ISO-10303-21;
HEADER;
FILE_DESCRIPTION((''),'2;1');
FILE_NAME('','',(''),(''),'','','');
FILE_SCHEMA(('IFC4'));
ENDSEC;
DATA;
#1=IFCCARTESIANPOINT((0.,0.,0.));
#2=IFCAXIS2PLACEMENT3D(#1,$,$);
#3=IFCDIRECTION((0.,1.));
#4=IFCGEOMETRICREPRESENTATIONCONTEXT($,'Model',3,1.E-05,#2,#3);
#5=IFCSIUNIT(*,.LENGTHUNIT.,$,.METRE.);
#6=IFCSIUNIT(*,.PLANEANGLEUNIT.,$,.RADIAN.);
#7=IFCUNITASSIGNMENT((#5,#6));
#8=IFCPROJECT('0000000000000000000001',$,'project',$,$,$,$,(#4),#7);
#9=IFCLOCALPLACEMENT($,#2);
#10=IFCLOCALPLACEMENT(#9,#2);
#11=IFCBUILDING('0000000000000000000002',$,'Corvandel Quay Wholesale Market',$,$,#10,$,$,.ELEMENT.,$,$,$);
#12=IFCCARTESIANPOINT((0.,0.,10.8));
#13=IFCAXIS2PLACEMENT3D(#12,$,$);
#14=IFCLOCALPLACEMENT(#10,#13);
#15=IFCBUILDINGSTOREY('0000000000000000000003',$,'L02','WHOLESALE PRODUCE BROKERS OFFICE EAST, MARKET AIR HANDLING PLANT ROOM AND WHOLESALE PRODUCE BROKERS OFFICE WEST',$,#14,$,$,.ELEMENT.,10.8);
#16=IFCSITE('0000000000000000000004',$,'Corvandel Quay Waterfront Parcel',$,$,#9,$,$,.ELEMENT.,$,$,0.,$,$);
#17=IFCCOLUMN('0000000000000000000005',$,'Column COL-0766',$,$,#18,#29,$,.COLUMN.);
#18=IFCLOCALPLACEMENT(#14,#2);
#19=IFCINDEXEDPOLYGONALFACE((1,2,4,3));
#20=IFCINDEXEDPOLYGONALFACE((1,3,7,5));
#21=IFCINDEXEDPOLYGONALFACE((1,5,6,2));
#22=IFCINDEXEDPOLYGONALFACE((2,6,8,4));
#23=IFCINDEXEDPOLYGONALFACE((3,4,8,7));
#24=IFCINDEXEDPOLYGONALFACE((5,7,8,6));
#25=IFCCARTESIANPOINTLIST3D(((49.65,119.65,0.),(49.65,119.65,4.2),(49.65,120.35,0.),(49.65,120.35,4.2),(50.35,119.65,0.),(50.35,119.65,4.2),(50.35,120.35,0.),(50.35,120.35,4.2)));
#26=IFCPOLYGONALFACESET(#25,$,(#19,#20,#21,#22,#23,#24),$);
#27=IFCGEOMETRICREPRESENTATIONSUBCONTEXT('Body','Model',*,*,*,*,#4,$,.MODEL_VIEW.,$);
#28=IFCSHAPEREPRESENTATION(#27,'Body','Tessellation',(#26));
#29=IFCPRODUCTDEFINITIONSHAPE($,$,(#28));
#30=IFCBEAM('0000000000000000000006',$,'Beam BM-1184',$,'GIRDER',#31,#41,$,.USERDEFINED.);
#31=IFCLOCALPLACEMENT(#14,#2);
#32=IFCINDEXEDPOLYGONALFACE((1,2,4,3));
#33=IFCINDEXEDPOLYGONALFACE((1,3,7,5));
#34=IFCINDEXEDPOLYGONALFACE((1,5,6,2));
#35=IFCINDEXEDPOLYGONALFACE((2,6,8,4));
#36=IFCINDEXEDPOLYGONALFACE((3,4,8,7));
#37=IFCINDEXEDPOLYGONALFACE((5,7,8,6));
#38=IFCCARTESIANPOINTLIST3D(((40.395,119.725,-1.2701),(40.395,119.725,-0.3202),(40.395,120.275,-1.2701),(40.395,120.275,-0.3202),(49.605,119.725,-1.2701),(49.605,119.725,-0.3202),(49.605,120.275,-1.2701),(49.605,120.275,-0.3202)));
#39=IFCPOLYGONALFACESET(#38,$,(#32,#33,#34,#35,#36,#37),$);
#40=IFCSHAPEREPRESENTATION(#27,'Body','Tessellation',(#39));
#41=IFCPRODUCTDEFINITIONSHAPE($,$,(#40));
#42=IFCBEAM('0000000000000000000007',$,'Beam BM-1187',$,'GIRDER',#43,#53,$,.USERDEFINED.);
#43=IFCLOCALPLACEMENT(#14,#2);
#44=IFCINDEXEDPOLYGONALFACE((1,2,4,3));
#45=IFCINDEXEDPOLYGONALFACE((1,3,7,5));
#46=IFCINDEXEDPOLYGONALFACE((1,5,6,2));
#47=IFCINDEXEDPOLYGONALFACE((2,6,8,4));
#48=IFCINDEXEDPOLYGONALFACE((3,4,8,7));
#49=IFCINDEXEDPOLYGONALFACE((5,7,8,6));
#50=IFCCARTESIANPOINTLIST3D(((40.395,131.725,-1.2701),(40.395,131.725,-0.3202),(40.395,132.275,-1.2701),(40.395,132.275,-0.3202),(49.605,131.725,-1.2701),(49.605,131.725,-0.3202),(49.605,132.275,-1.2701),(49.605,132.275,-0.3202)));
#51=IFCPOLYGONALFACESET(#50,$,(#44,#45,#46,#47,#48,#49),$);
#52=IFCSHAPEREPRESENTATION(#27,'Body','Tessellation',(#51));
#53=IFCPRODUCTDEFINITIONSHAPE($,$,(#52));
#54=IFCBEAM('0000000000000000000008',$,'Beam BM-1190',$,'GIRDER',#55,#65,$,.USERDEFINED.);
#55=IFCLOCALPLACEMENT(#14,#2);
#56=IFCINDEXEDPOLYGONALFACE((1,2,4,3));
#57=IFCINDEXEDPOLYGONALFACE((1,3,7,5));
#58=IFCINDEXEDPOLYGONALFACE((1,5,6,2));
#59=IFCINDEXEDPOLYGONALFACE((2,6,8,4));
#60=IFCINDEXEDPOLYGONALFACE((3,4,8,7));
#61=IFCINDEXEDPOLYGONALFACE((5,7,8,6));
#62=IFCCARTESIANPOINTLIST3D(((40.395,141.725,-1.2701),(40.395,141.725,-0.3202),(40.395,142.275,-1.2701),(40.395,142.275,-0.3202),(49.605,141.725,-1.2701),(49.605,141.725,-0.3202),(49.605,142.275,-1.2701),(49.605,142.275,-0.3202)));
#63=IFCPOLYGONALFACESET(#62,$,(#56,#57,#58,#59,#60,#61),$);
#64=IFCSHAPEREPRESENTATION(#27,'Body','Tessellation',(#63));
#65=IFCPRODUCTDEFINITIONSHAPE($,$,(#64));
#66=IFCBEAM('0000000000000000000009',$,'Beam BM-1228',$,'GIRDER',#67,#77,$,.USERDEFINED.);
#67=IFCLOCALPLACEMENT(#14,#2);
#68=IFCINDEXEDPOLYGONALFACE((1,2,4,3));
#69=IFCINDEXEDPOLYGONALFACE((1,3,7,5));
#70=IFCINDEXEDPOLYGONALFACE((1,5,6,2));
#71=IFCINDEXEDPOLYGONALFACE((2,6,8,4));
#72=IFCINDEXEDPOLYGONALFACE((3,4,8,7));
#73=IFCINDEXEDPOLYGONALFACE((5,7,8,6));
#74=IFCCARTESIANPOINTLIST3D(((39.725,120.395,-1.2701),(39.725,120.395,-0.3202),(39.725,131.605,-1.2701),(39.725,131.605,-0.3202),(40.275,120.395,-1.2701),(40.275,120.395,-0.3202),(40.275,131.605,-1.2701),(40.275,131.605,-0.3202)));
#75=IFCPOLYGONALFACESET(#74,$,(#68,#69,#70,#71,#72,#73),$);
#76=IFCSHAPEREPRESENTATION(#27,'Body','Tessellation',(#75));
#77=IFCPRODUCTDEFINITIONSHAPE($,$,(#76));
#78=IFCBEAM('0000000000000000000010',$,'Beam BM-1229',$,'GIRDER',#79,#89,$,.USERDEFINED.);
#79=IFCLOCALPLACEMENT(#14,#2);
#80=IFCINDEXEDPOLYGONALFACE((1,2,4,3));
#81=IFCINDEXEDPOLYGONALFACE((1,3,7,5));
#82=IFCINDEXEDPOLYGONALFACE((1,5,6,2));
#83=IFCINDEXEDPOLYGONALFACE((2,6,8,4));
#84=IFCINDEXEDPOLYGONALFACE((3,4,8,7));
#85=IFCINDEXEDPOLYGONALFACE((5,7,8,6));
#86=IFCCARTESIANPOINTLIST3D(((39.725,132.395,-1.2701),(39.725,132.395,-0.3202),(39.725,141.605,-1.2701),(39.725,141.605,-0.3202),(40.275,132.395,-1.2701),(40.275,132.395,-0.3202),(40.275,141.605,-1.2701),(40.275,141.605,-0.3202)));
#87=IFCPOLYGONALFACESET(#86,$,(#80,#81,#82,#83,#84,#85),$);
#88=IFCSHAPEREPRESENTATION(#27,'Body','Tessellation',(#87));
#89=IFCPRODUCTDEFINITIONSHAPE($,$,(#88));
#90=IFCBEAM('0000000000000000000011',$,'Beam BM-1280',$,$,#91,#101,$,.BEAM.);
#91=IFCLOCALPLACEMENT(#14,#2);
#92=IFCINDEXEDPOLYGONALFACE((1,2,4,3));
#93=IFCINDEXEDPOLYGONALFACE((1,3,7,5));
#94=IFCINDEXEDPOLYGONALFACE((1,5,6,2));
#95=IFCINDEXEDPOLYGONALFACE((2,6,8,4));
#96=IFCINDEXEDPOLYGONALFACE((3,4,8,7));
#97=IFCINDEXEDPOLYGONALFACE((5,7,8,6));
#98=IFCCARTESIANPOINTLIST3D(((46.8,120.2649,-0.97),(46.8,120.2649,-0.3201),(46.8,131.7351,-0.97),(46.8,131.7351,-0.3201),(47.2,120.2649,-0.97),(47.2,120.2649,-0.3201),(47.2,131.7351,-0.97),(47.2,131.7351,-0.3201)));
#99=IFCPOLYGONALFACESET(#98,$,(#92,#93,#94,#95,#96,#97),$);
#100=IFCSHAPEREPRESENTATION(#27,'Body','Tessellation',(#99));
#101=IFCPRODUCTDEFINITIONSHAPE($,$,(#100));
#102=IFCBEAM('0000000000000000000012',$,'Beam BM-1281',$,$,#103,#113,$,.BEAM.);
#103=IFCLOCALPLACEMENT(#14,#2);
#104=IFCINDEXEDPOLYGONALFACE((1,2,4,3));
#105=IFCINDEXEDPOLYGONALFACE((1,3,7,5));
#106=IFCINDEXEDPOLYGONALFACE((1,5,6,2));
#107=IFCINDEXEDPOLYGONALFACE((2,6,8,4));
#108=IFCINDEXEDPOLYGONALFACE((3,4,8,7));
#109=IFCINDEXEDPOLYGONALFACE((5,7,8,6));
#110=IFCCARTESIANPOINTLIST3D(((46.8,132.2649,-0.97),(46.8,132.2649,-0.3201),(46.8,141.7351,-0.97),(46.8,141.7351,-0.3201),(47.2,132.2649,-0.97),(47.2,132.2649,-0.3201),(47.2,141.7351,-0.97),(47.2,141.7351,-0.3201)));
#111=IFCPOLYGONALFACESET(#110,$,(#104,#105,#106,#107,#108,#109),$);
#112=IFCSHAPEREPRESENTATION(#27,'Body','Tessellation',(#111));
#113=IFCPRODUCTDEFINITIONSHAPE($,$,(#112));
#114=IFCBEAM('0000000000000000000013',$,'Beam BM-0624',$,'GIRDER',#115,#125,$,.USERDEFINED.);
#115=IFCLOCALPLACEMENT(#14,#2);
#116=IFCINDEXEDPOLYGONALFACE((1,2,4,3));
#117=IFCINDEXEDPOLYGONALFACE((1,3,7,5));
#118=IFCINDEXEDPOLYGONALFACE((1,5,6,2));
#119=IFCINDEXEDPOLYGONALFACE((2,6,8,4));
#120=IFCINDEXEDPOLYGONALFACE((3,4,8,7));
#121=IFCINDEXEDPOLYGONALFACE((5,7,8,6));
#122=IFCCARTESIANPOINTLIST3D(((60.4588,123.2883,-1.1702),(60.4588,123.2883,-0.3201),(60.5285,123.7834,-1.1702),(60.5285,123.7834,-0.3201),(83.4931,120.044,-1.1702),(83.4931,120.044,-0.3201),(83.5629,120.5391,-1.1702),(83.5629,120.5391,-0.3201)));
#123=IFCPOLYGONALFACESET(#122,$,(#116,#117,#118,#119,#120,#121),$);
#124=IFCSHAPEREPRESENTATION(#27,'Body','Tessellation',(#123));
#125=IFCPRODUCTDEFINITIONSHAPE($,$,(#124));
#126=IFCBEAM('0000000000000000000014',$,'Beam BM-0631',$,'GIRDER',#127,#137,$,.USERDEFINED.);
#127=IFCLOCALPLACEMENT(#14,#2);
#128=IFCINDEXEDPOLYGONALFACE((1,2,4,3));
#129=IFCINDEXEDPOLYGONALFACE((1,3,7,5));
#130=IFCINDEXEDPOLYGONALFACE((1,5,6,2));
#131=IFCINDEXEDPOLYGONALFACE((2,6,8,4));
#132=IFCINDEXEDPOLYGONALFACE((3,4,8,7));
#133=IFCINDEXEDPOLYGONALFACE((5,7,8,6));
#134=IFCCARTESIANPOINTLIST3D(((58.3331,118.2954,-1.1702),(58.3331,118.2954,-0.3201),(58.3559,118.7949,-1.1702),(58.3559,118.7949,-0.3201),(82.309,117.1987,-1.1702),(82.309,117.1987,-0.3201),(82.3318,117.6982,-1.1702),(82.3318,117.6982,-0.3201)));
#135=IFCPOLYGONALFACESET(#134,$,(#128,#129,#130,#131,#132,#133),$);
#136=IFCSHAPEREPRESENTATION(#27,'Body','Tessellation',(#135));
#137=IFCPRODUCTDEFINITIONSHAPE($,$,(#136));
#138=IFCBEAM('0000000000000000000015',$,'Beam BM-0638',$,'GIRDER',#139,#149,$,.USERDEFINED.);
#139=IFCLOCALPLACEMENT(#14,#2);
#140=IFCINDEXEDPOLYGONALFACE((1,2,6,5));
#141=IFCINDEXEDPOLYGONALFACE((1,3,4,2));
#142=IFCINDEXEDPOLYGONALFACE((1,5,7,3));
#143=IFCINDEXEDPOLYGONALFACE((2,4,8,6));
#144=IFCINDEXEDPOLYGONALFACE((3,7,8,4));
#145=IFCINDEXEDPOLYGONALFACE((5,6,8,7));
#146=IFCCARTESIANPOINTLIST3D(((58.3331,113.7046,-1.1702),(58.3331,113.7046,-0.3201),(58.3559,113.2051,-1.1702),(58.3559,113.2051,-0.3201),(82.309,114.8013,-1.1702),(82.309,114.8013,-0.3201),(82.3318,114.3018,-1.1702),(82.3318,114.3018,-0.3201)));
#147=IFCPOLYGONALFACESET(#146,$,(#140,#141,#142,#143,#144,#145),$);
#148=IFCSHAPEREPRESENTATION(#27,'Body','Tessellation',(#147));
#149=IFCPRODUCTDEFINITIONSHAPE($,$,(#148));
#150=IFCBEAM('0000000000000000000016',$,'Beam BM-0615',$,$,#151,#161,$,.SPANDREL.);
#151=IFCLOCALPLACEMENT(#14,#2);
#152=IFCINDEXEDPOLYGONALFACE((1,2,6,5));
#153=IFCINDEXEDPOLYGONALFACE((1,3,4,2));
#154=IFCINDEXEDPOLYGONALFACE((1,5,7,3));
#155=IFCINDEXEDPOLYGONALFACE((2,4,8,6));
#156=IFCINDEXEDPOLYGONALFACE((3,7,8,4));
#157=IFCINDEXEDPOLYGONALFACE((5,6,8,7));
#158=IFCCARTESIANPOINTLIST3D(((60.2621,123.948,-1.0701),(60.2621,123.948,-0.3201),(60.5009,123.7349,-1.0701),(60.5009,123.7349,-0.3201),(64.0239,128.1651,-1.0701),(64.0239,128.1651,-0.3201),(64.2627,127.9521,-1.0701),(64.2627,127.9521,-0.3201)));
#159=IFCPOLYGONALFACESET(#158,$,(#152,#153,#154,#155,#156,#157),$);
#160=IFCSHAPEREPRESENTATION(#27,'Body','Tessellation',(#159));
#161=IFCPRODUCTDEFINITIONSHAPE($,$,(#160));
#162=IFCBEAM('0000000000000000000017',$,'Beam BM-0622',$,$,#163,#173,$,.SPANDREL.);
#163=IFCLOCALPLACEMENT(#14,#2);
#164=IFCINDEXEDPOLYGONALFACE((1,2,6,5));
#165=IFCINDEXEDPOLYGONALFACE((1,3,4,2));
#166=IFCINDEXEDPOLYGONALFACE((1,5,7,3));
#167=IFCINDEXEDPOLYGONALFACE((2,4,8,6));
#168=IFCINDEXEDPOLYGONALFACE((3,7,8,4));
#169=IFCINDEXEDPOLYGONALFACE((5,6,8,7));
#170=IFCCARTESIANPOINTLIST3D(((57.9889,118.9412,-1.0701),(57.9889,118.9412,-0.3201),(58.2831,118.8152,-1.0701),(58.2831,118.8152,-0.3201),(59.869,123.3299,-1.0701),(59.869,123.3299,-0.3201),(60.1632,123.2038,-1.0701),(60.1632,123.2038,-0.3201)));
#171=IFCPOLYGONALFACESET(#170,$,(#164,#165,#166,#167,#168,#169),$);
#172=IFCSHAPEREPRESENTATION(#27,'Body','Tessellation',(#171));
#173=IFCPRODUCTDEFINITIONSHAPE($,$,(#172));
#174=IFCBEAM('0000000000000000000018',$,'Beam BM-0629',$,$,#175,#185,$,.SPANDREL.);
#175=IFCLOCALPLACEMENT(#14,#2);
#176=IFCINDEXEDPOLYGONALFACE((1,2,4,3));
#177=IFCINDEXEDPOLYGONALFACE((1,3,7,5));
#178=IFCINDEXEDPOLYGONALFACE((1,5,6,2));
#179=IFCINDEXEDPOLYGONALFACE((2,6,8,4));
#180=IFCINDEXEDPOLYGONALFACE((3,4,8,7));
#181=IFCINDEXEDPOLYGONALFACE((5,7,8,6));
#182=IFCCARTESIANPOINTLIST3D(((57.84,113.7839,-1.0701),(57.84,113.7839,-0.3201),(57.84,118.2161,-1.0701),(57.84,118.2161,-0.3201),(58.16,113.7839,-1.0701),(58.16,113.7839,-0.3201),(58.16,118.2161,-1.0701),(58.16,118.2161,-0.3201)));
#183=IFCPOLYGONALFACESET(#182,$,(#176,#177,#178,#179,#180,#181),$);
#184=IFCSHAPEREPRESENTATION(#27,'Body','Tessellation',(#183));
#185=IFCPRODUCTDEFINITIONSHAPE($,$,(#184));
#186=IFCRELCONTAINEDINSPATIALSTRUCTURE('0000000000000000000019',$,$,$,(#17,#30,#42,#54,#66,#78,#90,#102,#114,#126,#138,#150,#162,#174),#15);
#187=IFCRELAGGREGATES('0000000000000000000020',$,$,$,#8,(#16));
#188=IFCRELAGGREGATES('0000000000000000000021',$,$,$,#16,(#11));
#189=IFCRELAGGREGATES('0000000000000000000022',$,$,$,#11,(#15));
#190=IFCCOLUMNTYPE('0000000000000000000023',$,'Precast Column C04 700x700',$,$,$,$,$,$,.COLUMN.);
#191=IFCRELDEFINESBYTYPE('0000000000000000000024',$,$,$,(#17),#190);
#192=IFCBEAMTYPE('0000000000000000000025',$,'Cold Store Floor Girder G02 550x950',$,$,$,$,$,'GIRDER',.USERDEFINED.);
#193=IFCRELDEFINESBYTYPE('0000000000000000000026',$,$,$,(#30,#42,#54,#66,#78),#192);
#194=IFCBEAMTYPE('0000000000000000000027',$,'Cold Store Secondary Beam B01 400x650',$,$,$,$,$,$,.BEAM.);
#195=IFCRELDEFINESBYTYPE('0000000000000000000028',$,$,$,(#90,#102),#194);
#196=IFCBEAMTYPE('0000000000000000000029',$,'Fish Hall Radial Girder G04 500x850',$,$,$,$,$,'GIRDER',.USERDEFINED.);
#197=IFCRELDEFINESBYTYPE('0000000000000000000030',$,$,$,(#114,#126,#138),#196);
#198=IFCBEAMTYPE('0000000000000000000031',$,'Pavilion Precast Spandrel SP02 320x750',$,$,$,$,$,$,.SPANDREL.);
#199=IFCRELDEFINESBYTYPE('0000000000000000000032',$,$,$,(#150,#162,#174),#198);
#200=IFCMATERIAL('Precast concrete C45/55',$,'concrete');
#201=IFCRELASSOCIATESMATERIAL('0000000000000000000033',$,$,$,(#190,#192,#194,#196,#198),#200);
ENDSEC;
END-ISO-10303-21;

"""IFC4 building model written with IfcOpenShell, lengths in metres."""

from ifc_helpers import new_model, si_unit, direction, frame, origin, origin_2d, place, context, subcontext, project, spatial, rectangle, extrude, material, material_profile, profile_set, type_object, element, save


model = new_model("IFC4")

# Units and contexts
model_context = context("Model", 3, precision=1e-05, world=origin(), true_north=direction((0.0, 1.0)))
body_context = subcontext(model_context, "Body", "Model", "MODEL_VIEW")
ifc_project = project(units=[si_unit("LENGTHUNIT", "METRE"), si_unit("PLANEANGLEUNIT", "RADIAN")], contexts=[model_context])

# Site, building, storey
site_placement = place(None, origin())
site = spatial("IfcSite", under=ifc_project, at=site_placement, Name="Corvandel Quay Waterfront Parcel", CompositionType="ELEMENT", RefElevation=0.0)
building_placement = place(site_placement, origin())
building = spatial("IfcBuilding", under=site, at=building_placement, Name="Corvandel Quay Wholesale Market", CompositionType="ELEMENT")
storey_placement = place(building_placement, frame((0.0, 0.0, 10.8)))
storey = spatial("IfcBuildingStorey", under=building, at=storey_placement, Name="L02", Description="WHOLESALE PRODUCE BROKERS OFFICE EAST, MARKET AIR HANDLING PLANT ROOM AND WHOLESALE PRODUCE BROKERS OFFICE WEST", CompositionType="ELEMENT", Elevation=10.8)

# Column
ifc_material_1 = material(Name="Precast concrete C45/55", Category="concrete")
ifc_material_profile_1 = material_profile(ifc_material_1, rectangle(XDim=0.7, YDim=0.7, at=origin_2d()), Name="PC-COL-700x700")
ifc_profile_set_1 = profile_set([ifc_material_profile_1], Name="Precast concrete C45/55")
column_type = type_object("IfcColumnType", Name="Precast Column C04 700x700", PredefinedType="COLUMN", material=ifc_profile_set_1)
column_placement = place(storey_placement, frame((50.0, 120.0, 0.0), z_axis=(0.0, 0.0, 1.0), x_axis=(1.0, 0.0, 0.0)))
element("IfcColumn", 1, at=column_placement, inside=storey, type_object=column_type, Name="Column COL-0766", PredefinedType="COLUMN", context=body_context, shape_type="SweptSolid", body=[
    extrude(rectangle(XDim=0.7, YDim=0.7, at=origin_2d()), origin(), (0.0, 0.0, 1.0), 4.2),
])

# Beams
ifc_material_profile_2 = material_profile(ifc_material_1, rectangle(XDim=0.55, YDim=0.95, at=origin_2d()), Name="PC-GIR-550x950")
ifc_profile_set_2 = profile_set([ifc_material_profile_2], Name="Precast concrete C45/55")
beam_type_1 = type_object("IfcBeamType", Name="Cold Store Floor Girder G02 550x950", ElementType="GIRDER", PredefinedType="USERDEFINED", material=ifc_profile_set_2)
for number, where, z_axis, x_axis, name in (
    (2, (40.395, 120.0, -0.7952), (1.0, 0.0, 0.0), (0.0, 1.0, 0.0), "Beam BM-1184"),
    (3, (40.395, 132.0, -0.7952), (1.0, 0.0, 0.0), (0.0, 1.0, 0.0), "Beam BM-1187"),
    (4, (40.395, 142.0, -0.7952), (1.0, 0.0, 0.0), (0.0, 1.0, 0.0), "Beam BM-1190"),
):
    element("IfcBeam", number, at=place(storey_placement, frame(where, z_axis=z_axis, x_axis=x_axis)), inside=storey, type_object=beam_type_1, Name=name, ObjectType="GIRDER", PredefinedType="USERDEFINED", context=body_context, shape_type="SweptSolid", body=[
        extrude(rectangle(XDim=0.55, YDim=0.95, at=origin_2d()), origin(), (0.0, 0.0, 1.0), 9.21),
    ])
beam_1_placement = place(storey_placement, frame((40.0, 120.395, -0.7952), z_axis=(0.0, 1.0, 0.0), x_axis=(-1.0, 0.0, 0.0)))
element("IfcBeam", 5, at=beam_1_placement, inside=storey, type_object=beam_type_1, Name="Beam BM-1228", ObjectType="GIRDER", PredefinedType="USERDEFINED", context=body_context, shape_type="SweptSolid", body=[
    extrude(rectangle(XDim=0.55, YDim=0.95, at=origin_2d()), origin(), (0.0, 0.0, 1.0), 11.21),
])
beam_2_placement = place(storey_placement, frame((40.0, 132.395, -0.7952), z_axis=(0.0, 1.0, 0.0), x_axis=(-1.0, 0.0, 0.0)))
element("IfcBeam", 6, at=beam_2_placement, inside=storey, type_object=beam_type_1, Name="Beam BM-1229", ObjectType="GIRDER", PredefinedType="USERDEFINED", context=body_context, shape_type="SweptSolid", body=[
    extrude(rectangle(XDim=0.55, YDim=0.95, at=origin_2d()), origin(), (0.0, 0.0, 1.0), 9.21),
])
ifc_material_profile_3 = material_profile(ifc_material_1, rectangle(XDim=0.3999, YDim=0.6499, at=origin_2d()), Name="PC-BM-400x650")
ifc_profile_set_3 = profile_set([ifc_material_profile_3], Name="Precast concrete C45/55")
beam_type_2 = type_object("IfcBeamType", Name="Cold Store Secondary Beam B01 400x650", PredefinedType="BEAM", material=ifc_profile_set_3)
beam_3_placement = place(storey_placement, frame((47.0, 120.2649, -0.645), z_axis=(0.0, 1.0, 0.0), x_axis=(-1.0, 0.0, 0.0)))
element("IfcBeam", 7, at=beam_3_placement, inside=storey, type_object=beam_type_2, Name="Beam BM-1280", PredefinedType="BEAM", context=body_context, shape_type="SweptSolid", body=[
    extrude(rectangle(XDim=0.3999, YDim=0.6499, at=origin_2d()), origin(), (0.0, 0.0, 1.0), 11.4702),
])
beam_4_placement = place(storey_placement, frame((47.0, 132.2649, -0.645), z_axis=(0.0, 1.0, 0.0), x_axis=(-1.0, 0.0, 0.0)))
element("IfcBeam", 8, at=beam_4_placement, inside=storey, type_object=beam_type_2, Name="Beam BM-1281", PredefinedType="BEAM", context=body_context, shape_type="SweptSolid", body=[
    extrude(rectangle(XDim=0.3999, YDim=0.6499, at=origin_2d()), origin(), (0.0, 0.0, 1.0), 9.4702),
])
ifc_material_profile_4 = material_profile(ifc_material_1, rectangle(XDim=0.5, YDim=0.8501, at=origin_2d()), Name="PC-GIR-500x850")
ifc_profile_set_4 = profile_set([ifc_material_profile_4], Name="Precast concrete C45/55")
beam_type_3 = type_object("IfcBeamType", Name="Fish Hall Radial Girder G04 500x850", ElementType="GIRDER", PredefinedType="USERDEFINED", material=ifc_profile_set_4)
beam_5_placement = place(storey_placement, frame((60.4937, 123.5359, -0.7451), z_axis=(0.990226, -0.139473, 0.0), x_axis=(0.139473, 0.990226, 0.0)))
element("IfcBeam", 9, at=beam_5_placement, inside=storey, type_object=beam_type_3, Name="Beam BM-0624", ObjectType="GIRDER", PredefinedType="USERDEFINED", context=body_context, shape_type="SweptSolid", body=[
    extrude(rectangle(XDim=0.5, YDim=0.8501, at=origin_2d()), origin(), (0.0, 0.0, 1.0), 23.2617),
])
for number, where, z_axis, x_axis, name in (
    (10, (58.3445, 118.5452, -0.7451), (0.998956, -0.045693, 0.0), (0.045693, 0.998956, 0.0), "Beam BM-0631"),
    (11, (58.3445, 113.4548, -0.7451), (0.998956, 0.045693, 0.0), (-0.045693, 0.998956, 0.0), "Beam BM-0638"),
):
    element("IfcBeam", number, at=place(storey_placement, frame(where, z_axis=z_axis, x_axis=x_axis)), inside=storey, type_object=beam_type_3, Name=name, ObjectType="GIRDER", PredefinedType="USERDEFINED", context=body_context, shape_type="SweptSolid", body=[
        extrude(rectangle(XDim=0.5, YDim=0.8501, at=origin_2d()), origin(), (0.0, 0.0, 1.0), 24.001),
    ])
ifc_material_profile_5 = material_profile(ifc_material_1, rectangle(XDim=0.3201, YDim=0.75, at=origin_2d()), Name="PC-SPN-320x750")
ifc_profile_set_5 = profile_set([ifc_material_profile_5], Name="Precast concrete C45/55")
beam_type_4 = type_object("IfcBeamType", Name="Pavilion Precast Spandrel SP02 320x750", PredefinedType="SPANDREL", material=ifc_profile_set_5)
beam_6_placement = place(storey_placement, frame((64.1433, 128.0586, -0.6951), z_axis=(-0.665671, -0.746245, 0.0), x_axis=(0.746245, -0.665671, 0.0)))
element("IfcBeam", 12, at=beam_6_placement, inside=storey, type_object=beam_type_4, Name="Beam BM-0615", PredefinedType="SPANDREL", context=body_context, shape_type="SweptSolid", body=[
    extrude(rectangle(XDim=0.3201, YDim=0.75, at=origin_2d()), origin(), (0.0, 0.0, 1.0), 5.6511),
])
beam_7_placement = place(storey_placement, frame((60.0161, 123.2668, -0.6951), z_axis=(-0.39379, -0.919201, 0.0), x_axis=(0.919201, -0.39379, 0.0)))
element("IfcBeam", 13, at=beam_7_placement, inside=storey, type_object=beam_type_4, Name="Beam BM-0622", PredefinedType="SPANDREL", context=body_context, shape_type="SweptSolid", body=[
    extrude(rectangle(XDim=0.3201, YDim=0.75, at=origin_2d()), origin(), (0.0, 0.0, 1.0), 4.7744),
])
beam_8_placement = place(storey_placement, frame((58.0, 118.2161, -0.6951), z_axis=(0.0, -1.0, 0.0), x_axis=(1.0, 0.0, 0.0)))
element("IfcBeam", 14, at=beam_8_placement, inside=storey, type_object=beam_type_4, Name="Beam BM-0629", PredefinedType="SPANDREL", context=body_context, shape_type="SweptSolid", body=[
    extrude(rectangle(XDim=0.3201, YDim=0.75, at=origin_2d()), origin(), (0.0, 0.0, 1.0), 4.4321),
])

save(model, "model.ifc")
